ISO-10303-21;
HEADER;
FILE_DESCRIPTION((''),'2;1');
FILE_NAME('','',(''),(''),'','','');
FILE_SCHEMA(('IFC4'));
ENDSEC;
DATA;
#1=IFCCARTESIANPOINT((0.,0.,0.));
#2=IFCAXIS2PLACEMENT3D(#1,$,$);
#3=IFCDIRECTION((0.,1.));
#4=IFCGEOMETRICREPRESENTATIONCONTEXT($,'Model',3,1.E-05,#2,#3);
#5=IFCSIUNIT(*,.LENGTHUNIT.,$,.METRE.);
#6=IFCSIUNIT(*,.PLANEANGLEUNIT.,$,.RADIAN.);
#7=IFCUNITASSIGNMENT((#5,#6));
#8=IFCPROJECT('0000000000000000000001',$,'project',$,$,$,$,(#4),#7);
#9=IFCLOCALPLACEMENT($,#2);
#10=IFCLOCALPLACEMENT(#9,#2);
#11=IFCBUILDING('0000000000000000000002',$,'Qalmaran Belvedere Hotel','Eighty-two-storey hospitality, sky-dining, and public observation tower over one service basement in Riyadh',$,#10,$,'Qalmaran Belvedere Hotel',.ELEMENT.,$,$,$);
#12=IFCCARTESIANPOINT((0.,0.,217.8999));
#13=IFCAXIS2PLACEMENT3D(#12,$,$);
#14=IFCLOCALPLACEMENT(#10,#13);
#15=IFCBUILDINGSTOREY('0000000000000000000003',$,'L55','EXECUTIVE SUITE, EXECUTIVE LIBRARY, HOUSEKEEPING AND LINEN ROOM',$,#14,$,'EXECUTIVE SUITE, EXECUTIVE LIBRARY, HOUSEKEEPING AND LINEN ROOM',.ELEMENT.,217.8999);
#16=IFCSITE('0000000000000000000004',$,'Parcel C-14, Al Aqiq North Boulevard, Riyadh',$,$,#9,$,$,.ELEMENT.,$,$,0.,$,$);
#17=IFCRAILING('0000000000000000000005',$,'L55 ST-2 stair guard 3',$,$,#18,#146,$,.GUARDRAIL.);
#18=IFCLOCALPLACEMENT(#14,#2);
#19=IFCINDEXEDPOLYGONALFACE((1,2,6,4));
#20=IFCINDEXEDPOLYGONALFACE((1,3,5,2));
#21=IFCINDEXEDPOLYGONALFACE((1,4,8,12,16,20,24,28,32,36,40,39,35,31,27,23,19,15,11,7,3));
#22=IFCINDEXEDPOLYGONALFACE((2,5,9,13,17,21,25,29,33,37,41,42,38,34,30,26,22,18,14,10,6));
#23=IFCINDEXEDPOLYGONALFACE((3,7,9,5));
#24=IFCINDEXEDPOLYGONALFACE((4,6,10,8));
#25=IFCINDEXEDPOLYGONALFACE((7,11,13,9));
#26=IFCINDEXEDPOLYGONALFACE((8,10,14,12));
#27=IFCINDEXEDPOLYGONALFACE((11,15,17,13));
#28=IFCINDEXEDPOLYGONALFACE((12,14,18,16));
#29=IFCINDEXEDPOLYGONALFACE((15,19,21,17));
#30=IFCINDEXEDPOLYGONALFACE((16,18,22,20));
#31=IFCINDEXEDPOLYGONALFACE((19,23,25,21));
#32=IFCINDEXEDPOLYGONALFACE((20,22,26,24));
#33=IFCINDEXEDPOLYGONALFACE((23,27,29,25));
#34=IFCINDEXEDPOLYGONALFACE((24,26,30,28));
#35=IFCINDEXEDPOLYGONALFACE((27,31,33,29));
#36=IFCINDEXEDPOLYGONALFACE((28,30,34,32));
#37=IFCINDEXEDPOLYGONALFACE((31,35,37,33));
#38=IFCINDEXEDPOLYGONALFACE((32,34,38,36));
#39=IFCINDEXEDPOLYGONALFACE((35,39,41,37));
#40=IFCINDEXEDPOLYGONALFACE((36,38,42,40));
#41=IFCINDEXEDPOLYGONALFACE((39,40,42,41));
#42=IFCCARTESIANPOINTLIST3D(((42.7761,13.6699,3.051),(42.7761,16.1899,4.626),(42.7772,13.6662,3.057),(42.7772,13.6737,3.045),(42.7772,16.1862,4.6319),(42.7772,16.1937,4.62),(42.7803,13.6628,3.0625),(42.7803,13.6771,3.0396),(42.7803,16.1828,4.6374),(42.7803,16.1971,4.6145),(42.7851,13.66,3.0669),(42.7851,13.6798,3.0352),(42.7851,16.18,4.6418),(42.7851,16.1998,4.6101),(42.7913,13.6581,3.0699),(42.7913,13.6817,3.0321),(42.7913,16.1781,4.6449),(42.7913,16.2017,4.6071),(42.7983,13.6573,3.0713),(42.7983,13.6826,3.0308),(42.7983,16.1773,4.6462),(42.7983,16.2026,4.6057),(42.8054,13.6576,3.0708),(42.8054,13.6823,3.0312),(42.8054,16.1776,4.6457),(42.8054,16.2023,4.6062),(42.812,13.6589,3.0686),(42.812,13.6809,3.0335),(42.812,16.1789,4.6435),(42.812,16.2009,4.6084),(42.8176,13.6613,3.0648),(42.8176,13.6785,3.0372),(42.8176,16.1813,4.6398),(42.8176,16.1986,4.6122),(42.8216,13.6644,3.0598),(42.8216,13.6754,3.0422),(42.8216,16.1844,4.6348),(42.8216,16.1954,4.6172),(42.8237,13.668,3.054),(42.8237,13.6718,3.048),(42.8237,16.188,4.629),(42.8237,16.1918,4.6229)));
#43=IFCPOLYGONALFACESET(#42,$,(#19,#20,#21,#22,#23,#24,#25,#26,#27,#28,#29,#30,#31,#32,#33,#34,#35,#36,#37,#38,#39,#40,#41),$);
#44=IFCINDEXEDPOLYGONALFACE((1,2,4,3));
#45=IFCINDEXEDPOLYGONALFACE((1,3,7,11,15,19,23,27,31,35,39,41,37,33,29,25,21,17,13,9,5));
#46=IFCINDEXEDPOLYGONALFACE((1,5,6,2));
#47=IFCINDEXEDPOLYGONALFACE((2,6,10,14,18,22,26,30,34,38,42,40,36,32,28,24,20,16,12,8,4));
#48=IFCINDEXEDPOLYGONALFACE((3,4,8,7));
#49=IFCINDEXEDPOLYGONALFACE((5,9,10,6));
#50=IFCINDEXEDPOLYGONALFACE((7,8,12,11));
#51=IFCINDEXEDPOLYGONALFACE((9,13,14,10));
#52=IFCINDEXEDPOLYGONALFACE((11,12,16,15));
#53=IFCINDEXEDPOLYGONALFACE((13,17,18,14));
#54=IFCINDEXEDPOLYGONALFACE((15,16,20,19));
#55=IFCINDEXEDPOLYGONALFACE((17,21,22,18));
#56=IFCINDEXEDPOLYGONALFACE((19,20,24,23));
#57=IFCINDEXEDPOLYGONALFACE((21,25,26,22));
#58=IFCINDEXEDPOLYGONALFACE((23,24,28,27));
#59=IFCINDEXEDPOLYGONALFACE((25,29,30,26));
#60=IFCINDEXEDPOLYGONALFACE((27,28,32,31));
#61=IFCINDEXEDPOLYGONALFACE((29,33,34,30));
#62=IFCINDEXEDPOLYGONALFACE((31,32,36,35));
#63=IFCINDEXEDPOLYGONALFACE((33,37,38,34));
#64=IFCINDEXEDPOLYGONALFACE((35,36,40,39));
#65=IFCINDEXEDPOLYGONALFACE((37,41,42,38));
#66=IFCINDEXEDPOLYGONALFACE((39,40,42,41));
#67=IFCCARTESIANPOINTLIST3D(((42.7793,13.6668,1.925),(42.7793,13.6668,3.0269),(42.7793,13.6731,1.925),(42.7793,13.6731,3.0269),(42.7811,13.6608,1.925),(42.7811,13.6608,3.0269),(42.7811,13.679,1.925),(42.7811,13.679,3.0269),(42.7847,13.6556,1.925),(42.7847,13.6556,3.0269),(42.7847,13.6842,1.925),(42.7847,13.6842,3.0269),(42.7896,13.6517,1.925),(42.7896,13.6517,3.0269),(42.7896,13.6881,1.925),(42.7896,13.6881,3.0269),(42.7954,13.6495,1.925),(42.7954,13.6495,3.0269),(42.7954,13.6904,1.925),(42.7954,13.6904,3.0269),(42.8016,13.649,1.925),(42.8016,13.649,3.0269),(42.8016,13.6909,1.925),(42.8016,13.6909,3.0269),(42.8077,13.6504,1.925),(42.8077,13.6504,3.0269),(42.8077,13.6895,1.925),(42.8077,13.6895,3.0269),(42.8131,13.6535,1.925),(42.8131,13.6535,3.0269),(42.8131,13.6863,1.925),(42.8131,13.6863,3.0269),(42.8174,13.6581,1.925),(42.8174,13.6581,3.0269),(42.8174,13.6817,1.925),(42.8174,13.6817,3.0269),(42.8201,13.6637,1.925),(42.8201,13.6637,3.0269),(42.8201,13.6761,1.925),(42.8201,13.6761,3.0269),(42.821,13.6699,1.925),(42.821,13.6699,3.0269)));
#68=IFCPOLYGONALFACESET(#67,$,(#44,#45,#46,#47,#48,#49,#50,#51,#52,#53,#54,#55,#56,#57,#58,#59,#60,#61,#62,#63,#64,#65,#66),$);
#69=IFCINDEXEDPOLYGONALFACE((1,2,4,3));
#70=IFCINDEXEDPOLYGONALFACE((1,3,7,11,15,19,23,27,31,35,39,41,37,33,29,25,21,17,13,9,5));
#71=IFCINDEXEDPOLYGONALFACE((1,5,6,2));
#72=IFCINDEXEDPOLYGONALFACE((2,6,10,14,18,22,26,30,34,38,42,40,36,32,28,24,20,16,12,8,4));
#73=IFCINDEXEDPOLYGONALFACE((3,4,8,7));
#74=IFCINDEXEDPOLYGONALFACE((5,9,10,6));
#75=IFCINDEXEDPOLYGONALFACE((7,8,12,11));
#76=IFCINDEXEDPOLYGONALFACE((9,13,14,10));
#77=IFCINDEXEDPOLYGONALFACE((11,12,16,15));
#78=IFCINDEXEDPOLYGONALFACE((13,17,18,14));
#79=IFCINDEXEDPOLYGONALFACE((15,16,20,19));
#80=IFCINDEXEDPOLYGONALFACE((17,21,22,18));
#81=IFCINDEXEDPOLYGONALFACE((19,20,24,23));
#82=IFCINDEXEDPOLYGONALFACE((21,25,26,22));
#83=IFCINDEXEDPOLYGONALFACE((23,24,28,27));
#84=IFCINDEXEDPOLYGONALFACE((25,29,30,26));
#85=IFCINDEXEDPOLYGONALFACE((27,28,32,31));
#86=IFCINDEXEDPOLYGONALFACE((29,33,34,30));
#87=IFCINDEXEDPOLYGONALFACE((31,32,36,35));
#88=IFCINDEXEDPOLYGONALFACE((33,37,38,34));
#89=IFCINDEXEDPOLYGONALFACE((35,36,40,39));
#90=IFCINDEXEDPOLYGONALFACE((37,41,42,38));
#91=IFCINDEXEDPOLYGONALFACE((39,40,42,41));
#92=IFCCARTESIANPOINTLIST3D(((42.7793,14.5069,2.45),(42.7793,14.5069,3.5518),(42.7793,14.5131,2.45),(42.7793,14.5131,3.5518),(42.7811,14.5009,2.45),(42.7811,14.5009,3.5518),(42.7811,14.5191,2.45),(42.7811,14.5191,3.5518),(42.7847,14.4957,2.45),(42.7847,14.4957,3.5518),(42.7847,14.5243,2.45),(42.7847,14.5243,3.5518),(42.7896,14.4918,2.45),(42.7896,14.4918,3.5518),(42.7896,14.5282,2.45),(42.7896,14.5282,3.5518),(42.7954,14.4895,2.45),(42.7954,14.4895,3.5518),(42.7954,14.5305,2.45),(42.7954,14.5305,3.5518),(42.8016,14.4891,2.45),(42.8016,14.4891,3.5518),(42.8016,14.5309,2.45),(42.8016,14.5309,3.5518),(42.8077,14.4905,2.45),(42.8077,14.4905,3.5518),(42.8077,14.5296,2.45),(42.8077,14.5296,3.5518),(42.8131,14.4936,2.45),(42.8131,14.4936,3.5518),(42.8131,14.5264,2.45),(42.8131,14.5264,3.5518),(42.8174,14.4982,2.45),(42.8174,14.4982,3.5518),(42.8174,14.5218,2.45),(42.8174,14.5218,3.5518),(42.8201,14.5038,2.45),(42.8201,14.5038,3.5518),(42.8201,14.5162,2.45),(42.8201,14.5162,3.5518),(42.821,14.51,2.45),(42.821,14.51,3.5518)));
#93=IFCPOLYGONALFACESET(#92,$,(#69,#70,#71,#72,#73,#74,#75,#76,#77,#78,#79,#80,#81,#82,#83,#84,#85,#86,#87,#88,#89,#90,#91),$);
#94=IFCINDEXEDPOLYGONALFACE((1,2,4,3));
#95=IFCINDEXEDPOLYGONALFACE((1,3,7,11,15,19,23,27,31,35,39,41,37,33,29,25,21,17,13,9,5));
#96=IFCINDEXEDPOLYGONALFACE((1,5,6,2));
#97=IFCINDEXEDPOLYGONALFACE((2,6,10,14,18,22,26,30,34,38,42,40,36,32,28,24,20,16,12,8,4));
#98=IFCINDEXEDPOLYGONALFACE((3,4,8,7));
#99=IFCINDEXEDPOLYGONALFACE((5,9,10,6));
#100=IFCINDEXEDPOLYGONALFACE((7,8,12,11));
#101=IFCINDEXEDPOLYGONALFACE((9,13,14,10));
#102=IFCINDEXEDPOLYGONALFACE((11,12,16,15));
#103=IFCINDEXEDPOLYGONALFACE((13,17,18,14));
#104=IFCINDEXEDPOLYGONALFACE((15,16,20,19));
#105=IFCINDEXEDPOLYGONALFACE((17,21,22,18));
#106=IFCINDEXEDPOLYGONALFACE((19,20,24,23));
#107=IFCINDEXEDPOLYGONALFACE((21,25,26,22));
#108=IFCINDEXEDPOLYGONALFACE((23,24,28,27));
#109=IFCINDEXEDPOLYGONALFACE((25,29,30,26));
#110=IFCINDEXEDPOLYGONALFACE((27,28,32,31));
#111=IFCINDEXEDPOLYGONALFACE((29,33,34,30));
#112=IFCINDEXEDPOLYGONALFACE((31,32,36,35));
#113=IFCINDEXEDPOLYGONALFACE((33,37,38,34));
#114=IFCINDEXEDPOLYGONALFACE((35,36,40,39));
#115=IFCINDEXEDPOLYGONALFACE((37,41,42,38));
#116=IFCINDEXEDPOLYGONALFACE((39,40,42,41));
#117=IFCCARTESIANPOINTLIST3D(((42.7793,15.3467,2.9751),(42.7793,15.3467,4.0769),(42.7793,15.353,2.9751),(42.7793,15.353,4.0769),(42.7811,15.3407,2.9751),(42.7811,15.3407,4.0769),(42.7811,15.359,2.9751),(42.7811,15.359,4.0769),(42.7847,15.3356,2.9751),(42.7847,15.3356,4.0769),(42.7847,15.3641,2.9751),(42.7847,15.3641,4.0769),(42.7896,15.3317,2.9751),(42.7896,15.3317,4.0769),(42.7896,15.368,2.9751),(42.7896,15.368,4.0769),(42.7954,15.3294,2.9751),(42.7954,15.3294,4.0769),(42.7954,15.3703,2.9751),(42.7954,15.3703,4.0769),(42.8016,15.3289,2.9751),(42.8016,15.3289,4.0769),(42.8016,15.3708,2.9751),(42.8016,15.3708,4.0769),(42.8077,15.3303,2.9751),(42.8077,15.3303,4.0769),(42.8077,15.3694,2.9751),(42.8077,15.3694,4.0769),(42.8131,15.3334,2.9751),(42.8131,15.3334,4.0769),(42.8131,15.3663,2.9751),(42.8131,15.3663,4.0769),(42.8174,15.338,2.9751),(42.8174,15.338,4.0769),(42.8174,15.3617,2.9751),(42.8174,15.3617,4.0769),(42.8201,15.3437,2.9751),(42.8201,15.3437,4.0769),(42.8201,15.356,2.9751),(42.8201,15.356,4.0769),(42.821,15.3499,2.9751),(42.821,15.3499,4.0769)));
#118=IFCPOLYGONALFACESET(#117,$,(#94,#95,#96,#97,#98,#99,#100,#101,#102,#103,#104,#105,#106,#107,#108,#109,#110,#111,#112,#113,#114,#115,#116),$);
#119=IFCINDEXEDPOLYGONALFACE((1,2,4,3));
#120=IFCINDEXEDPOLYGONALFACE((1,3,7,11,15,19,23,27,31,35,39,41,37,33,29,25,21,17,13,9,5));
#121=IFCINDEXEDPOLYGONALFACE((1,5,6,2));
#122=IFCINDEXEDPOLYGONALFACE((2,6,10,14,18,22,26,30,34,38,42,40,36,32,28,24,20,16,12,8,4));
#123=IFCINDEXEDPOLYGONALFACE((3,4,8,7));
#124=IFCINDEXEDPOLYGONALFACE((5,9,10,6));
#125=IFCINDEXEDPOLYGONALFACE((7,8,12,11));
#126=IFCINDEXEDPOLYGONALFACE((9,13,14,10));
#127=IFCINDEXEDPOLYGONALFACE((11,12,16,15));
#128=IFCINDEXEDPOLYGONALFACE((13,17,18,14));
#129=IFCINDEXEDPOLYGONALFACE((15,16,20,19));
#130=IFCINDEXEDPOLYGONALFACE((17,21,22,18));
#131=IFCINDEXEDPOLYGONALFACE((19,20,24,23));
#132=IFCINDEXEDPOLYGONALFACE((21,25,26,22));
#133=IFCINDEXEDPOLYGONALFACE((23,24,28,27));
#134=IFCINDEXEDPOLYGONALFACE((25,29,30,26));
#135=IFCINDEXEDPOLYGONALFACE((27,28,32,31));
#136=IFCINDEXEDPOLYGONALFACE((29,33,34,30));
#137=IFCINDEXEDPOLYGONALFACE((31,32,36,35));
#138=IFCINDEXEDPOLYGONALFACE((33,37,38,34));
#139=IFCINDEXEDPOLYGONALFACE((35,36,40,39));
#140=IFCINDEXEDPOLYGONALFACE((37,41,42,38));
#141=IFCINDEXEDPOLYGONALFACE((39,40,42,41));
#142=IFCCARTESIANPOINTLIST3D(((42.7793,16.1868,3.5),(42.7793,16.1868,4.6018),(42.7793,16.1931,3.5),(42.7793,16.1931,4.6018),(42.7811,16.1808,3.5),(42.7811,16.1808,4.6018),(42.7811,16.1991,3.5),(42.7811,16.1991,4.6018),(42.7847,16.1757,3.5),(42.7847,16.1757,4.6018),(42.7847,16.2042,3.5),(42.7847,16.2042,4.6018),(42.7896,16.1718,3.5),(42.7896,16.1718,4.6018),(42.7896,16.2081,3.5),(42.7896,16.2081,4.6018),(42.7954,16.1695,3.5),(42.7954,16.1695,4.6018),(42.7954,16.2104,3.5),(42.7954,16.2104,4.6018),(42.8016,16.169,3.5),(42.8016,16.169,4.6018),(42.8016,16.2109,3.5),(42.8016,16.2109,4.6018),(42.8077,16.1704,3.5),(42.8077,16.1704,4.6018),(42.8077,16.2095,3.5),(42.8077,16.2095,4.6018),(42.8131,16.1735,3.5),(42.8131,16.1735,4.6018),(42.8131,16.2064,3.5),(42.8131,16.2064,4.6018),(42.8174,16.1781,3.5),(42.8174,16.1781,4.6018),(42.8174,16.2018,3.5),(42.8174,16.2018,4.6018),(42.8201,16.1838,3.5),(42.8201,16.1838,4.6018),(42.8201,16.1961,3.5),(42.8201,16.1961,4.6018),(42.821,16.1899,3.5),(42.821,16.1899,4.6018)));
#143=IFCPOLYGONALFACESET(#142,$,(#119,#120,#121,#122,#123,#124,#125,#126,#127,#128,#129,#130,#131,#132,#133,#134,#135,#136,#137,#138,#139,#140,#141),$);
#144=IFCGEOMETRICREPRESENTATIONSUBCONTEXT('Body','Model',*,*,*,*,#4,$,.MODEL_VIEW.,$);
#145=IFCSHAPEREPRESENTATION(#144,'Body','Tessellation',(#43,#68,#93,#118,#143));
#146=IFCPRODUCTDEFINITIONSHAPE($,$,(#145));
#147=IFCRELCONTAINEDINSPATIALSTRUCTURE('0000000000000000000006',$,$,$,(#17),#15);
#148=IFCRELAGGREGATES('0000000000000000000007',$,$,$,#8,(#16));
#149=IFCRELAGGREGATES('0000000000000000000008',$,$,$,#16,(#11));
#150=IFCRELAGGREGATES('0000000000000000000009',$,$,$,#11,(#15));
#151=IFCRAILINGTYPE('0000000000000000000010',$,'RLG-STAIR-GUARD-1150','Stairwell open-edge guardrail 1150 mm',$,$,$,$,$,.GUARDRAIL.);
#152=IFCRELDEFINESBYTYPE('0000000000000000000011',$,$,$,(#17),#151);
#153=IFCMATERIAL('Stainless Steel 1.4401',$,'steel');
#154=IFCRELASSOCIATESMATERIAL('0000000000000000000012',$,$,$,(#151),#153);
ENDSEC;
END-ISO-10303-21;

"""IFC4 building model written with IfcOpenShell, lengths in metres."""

from ifc_helpers import new_model, si_unit, direction, frame, origin, origin_2d, place, context, subcontext, project, spatial, circle, extrude, material, type_object, element, save


model = new_model("IFC4")

# Units and contexts
model_context = context("Model", 3, precision=1e-05, world=origin(), true_north=direction((0.0, 1.0)))
body_context = subcontext(model_context, "Body", "Model", "MODEL_VIEW")
ifc_project = project(units=[si_unit("LENGTHUNIT", "METRE"), si_unit("PLANEANGLEUNIT", "RADIAN")], contexts=[model_context])

# Site, building, storey
site_placement = place(None, origin())
site = spatial("IfcSite", under=ifc_project, at=site_placement, Name="Parcel C-14, Al Aqiq North Boulevard, Riyadh", CompositionType="ELEMENT", RefElevation=0.0)
building_placement = place(site_placement, origin())
building = spatial("IfcBuilding", under=site, at=building_placement, Name="Qalmaran Belvedere Hotel", Description="Eighty-two-storey hospitality, sky-dining, and public observation tower over one service basement in Riyadh", LongName="Qalmaran Belvedere Hotel", CompositionType="ELEMENT")
storey_placement = place(building_placement, frame((0.0, 0.0, 217.8999)))
storey = spatial("IfcBuildingStorey", under=building, at=storey_placement, Name="L55", Description="EXECUTIVE SUITE, EXECUTIVE LIBRARY, HOUSEKEEPING AND LINEN ROOM", LongName="EXECUTIVE SUITE, EXECUTIVE LIBRARY, HOUSEKEEPING AND LINEN ROOM", CompositionType="ELEMENT", Elevation=217.8999)

# Railing
ifc_material_1 = material(Name="Stainless Steel 1.4401", Category="steel")
railing_type_1 = type_object("IfcRailingType", Name="RLG-STAIR-GUARD-1150", Description="Stairwell open-edge guardrail 1150 mm", PredefinedType="GUARDRAIL", material=ifc_material_1)
railing_1_placement = place(storey_placement, frame((42.8, 13.6699, 1.925)))
element("IfcRailing", 1, at=railing_1_placement, inside=storey, type_object=railing_type_1, Name="L55 ST-2 stair guard 3", PredefinedType="GUARDRAIL", context=body_context, shape_type="SweptSolid", body=[
    extrude(circle(Radius=0.0239, at=origin_2d()), frame((0.0, 0.0, 1.126), z_axis=(0.0, 0.848008, 0.529984), x_axis=(-1.0, 0.0, 0.0)), (0.0, 0.0, 1.0), 2.9717),
    extrude(circle(Radius=0.021, at=origin_2d()), origin(), (0.0, 0.0, 1.0), 1.1018),
    extrude(circle(Radius=0.021, at=origin_2d()), frame((0.0, 0.8401, 0.5249)), (0.0, 0.0, 1.0), 1.1018),
    extrude(circle(Radius=0.021, at=origin_2d()), frame((0.0, 1.6799, 1.05)), (0.0, 0.0, 1.0), 1.1018),
    extrude(circle(Radius=0.021, at=origin_2d()), frame((0.0, 2.52, 1.575)), (0.0, 0.0, 1.0), 1.1018),
])

save(model, "model.ifc")
